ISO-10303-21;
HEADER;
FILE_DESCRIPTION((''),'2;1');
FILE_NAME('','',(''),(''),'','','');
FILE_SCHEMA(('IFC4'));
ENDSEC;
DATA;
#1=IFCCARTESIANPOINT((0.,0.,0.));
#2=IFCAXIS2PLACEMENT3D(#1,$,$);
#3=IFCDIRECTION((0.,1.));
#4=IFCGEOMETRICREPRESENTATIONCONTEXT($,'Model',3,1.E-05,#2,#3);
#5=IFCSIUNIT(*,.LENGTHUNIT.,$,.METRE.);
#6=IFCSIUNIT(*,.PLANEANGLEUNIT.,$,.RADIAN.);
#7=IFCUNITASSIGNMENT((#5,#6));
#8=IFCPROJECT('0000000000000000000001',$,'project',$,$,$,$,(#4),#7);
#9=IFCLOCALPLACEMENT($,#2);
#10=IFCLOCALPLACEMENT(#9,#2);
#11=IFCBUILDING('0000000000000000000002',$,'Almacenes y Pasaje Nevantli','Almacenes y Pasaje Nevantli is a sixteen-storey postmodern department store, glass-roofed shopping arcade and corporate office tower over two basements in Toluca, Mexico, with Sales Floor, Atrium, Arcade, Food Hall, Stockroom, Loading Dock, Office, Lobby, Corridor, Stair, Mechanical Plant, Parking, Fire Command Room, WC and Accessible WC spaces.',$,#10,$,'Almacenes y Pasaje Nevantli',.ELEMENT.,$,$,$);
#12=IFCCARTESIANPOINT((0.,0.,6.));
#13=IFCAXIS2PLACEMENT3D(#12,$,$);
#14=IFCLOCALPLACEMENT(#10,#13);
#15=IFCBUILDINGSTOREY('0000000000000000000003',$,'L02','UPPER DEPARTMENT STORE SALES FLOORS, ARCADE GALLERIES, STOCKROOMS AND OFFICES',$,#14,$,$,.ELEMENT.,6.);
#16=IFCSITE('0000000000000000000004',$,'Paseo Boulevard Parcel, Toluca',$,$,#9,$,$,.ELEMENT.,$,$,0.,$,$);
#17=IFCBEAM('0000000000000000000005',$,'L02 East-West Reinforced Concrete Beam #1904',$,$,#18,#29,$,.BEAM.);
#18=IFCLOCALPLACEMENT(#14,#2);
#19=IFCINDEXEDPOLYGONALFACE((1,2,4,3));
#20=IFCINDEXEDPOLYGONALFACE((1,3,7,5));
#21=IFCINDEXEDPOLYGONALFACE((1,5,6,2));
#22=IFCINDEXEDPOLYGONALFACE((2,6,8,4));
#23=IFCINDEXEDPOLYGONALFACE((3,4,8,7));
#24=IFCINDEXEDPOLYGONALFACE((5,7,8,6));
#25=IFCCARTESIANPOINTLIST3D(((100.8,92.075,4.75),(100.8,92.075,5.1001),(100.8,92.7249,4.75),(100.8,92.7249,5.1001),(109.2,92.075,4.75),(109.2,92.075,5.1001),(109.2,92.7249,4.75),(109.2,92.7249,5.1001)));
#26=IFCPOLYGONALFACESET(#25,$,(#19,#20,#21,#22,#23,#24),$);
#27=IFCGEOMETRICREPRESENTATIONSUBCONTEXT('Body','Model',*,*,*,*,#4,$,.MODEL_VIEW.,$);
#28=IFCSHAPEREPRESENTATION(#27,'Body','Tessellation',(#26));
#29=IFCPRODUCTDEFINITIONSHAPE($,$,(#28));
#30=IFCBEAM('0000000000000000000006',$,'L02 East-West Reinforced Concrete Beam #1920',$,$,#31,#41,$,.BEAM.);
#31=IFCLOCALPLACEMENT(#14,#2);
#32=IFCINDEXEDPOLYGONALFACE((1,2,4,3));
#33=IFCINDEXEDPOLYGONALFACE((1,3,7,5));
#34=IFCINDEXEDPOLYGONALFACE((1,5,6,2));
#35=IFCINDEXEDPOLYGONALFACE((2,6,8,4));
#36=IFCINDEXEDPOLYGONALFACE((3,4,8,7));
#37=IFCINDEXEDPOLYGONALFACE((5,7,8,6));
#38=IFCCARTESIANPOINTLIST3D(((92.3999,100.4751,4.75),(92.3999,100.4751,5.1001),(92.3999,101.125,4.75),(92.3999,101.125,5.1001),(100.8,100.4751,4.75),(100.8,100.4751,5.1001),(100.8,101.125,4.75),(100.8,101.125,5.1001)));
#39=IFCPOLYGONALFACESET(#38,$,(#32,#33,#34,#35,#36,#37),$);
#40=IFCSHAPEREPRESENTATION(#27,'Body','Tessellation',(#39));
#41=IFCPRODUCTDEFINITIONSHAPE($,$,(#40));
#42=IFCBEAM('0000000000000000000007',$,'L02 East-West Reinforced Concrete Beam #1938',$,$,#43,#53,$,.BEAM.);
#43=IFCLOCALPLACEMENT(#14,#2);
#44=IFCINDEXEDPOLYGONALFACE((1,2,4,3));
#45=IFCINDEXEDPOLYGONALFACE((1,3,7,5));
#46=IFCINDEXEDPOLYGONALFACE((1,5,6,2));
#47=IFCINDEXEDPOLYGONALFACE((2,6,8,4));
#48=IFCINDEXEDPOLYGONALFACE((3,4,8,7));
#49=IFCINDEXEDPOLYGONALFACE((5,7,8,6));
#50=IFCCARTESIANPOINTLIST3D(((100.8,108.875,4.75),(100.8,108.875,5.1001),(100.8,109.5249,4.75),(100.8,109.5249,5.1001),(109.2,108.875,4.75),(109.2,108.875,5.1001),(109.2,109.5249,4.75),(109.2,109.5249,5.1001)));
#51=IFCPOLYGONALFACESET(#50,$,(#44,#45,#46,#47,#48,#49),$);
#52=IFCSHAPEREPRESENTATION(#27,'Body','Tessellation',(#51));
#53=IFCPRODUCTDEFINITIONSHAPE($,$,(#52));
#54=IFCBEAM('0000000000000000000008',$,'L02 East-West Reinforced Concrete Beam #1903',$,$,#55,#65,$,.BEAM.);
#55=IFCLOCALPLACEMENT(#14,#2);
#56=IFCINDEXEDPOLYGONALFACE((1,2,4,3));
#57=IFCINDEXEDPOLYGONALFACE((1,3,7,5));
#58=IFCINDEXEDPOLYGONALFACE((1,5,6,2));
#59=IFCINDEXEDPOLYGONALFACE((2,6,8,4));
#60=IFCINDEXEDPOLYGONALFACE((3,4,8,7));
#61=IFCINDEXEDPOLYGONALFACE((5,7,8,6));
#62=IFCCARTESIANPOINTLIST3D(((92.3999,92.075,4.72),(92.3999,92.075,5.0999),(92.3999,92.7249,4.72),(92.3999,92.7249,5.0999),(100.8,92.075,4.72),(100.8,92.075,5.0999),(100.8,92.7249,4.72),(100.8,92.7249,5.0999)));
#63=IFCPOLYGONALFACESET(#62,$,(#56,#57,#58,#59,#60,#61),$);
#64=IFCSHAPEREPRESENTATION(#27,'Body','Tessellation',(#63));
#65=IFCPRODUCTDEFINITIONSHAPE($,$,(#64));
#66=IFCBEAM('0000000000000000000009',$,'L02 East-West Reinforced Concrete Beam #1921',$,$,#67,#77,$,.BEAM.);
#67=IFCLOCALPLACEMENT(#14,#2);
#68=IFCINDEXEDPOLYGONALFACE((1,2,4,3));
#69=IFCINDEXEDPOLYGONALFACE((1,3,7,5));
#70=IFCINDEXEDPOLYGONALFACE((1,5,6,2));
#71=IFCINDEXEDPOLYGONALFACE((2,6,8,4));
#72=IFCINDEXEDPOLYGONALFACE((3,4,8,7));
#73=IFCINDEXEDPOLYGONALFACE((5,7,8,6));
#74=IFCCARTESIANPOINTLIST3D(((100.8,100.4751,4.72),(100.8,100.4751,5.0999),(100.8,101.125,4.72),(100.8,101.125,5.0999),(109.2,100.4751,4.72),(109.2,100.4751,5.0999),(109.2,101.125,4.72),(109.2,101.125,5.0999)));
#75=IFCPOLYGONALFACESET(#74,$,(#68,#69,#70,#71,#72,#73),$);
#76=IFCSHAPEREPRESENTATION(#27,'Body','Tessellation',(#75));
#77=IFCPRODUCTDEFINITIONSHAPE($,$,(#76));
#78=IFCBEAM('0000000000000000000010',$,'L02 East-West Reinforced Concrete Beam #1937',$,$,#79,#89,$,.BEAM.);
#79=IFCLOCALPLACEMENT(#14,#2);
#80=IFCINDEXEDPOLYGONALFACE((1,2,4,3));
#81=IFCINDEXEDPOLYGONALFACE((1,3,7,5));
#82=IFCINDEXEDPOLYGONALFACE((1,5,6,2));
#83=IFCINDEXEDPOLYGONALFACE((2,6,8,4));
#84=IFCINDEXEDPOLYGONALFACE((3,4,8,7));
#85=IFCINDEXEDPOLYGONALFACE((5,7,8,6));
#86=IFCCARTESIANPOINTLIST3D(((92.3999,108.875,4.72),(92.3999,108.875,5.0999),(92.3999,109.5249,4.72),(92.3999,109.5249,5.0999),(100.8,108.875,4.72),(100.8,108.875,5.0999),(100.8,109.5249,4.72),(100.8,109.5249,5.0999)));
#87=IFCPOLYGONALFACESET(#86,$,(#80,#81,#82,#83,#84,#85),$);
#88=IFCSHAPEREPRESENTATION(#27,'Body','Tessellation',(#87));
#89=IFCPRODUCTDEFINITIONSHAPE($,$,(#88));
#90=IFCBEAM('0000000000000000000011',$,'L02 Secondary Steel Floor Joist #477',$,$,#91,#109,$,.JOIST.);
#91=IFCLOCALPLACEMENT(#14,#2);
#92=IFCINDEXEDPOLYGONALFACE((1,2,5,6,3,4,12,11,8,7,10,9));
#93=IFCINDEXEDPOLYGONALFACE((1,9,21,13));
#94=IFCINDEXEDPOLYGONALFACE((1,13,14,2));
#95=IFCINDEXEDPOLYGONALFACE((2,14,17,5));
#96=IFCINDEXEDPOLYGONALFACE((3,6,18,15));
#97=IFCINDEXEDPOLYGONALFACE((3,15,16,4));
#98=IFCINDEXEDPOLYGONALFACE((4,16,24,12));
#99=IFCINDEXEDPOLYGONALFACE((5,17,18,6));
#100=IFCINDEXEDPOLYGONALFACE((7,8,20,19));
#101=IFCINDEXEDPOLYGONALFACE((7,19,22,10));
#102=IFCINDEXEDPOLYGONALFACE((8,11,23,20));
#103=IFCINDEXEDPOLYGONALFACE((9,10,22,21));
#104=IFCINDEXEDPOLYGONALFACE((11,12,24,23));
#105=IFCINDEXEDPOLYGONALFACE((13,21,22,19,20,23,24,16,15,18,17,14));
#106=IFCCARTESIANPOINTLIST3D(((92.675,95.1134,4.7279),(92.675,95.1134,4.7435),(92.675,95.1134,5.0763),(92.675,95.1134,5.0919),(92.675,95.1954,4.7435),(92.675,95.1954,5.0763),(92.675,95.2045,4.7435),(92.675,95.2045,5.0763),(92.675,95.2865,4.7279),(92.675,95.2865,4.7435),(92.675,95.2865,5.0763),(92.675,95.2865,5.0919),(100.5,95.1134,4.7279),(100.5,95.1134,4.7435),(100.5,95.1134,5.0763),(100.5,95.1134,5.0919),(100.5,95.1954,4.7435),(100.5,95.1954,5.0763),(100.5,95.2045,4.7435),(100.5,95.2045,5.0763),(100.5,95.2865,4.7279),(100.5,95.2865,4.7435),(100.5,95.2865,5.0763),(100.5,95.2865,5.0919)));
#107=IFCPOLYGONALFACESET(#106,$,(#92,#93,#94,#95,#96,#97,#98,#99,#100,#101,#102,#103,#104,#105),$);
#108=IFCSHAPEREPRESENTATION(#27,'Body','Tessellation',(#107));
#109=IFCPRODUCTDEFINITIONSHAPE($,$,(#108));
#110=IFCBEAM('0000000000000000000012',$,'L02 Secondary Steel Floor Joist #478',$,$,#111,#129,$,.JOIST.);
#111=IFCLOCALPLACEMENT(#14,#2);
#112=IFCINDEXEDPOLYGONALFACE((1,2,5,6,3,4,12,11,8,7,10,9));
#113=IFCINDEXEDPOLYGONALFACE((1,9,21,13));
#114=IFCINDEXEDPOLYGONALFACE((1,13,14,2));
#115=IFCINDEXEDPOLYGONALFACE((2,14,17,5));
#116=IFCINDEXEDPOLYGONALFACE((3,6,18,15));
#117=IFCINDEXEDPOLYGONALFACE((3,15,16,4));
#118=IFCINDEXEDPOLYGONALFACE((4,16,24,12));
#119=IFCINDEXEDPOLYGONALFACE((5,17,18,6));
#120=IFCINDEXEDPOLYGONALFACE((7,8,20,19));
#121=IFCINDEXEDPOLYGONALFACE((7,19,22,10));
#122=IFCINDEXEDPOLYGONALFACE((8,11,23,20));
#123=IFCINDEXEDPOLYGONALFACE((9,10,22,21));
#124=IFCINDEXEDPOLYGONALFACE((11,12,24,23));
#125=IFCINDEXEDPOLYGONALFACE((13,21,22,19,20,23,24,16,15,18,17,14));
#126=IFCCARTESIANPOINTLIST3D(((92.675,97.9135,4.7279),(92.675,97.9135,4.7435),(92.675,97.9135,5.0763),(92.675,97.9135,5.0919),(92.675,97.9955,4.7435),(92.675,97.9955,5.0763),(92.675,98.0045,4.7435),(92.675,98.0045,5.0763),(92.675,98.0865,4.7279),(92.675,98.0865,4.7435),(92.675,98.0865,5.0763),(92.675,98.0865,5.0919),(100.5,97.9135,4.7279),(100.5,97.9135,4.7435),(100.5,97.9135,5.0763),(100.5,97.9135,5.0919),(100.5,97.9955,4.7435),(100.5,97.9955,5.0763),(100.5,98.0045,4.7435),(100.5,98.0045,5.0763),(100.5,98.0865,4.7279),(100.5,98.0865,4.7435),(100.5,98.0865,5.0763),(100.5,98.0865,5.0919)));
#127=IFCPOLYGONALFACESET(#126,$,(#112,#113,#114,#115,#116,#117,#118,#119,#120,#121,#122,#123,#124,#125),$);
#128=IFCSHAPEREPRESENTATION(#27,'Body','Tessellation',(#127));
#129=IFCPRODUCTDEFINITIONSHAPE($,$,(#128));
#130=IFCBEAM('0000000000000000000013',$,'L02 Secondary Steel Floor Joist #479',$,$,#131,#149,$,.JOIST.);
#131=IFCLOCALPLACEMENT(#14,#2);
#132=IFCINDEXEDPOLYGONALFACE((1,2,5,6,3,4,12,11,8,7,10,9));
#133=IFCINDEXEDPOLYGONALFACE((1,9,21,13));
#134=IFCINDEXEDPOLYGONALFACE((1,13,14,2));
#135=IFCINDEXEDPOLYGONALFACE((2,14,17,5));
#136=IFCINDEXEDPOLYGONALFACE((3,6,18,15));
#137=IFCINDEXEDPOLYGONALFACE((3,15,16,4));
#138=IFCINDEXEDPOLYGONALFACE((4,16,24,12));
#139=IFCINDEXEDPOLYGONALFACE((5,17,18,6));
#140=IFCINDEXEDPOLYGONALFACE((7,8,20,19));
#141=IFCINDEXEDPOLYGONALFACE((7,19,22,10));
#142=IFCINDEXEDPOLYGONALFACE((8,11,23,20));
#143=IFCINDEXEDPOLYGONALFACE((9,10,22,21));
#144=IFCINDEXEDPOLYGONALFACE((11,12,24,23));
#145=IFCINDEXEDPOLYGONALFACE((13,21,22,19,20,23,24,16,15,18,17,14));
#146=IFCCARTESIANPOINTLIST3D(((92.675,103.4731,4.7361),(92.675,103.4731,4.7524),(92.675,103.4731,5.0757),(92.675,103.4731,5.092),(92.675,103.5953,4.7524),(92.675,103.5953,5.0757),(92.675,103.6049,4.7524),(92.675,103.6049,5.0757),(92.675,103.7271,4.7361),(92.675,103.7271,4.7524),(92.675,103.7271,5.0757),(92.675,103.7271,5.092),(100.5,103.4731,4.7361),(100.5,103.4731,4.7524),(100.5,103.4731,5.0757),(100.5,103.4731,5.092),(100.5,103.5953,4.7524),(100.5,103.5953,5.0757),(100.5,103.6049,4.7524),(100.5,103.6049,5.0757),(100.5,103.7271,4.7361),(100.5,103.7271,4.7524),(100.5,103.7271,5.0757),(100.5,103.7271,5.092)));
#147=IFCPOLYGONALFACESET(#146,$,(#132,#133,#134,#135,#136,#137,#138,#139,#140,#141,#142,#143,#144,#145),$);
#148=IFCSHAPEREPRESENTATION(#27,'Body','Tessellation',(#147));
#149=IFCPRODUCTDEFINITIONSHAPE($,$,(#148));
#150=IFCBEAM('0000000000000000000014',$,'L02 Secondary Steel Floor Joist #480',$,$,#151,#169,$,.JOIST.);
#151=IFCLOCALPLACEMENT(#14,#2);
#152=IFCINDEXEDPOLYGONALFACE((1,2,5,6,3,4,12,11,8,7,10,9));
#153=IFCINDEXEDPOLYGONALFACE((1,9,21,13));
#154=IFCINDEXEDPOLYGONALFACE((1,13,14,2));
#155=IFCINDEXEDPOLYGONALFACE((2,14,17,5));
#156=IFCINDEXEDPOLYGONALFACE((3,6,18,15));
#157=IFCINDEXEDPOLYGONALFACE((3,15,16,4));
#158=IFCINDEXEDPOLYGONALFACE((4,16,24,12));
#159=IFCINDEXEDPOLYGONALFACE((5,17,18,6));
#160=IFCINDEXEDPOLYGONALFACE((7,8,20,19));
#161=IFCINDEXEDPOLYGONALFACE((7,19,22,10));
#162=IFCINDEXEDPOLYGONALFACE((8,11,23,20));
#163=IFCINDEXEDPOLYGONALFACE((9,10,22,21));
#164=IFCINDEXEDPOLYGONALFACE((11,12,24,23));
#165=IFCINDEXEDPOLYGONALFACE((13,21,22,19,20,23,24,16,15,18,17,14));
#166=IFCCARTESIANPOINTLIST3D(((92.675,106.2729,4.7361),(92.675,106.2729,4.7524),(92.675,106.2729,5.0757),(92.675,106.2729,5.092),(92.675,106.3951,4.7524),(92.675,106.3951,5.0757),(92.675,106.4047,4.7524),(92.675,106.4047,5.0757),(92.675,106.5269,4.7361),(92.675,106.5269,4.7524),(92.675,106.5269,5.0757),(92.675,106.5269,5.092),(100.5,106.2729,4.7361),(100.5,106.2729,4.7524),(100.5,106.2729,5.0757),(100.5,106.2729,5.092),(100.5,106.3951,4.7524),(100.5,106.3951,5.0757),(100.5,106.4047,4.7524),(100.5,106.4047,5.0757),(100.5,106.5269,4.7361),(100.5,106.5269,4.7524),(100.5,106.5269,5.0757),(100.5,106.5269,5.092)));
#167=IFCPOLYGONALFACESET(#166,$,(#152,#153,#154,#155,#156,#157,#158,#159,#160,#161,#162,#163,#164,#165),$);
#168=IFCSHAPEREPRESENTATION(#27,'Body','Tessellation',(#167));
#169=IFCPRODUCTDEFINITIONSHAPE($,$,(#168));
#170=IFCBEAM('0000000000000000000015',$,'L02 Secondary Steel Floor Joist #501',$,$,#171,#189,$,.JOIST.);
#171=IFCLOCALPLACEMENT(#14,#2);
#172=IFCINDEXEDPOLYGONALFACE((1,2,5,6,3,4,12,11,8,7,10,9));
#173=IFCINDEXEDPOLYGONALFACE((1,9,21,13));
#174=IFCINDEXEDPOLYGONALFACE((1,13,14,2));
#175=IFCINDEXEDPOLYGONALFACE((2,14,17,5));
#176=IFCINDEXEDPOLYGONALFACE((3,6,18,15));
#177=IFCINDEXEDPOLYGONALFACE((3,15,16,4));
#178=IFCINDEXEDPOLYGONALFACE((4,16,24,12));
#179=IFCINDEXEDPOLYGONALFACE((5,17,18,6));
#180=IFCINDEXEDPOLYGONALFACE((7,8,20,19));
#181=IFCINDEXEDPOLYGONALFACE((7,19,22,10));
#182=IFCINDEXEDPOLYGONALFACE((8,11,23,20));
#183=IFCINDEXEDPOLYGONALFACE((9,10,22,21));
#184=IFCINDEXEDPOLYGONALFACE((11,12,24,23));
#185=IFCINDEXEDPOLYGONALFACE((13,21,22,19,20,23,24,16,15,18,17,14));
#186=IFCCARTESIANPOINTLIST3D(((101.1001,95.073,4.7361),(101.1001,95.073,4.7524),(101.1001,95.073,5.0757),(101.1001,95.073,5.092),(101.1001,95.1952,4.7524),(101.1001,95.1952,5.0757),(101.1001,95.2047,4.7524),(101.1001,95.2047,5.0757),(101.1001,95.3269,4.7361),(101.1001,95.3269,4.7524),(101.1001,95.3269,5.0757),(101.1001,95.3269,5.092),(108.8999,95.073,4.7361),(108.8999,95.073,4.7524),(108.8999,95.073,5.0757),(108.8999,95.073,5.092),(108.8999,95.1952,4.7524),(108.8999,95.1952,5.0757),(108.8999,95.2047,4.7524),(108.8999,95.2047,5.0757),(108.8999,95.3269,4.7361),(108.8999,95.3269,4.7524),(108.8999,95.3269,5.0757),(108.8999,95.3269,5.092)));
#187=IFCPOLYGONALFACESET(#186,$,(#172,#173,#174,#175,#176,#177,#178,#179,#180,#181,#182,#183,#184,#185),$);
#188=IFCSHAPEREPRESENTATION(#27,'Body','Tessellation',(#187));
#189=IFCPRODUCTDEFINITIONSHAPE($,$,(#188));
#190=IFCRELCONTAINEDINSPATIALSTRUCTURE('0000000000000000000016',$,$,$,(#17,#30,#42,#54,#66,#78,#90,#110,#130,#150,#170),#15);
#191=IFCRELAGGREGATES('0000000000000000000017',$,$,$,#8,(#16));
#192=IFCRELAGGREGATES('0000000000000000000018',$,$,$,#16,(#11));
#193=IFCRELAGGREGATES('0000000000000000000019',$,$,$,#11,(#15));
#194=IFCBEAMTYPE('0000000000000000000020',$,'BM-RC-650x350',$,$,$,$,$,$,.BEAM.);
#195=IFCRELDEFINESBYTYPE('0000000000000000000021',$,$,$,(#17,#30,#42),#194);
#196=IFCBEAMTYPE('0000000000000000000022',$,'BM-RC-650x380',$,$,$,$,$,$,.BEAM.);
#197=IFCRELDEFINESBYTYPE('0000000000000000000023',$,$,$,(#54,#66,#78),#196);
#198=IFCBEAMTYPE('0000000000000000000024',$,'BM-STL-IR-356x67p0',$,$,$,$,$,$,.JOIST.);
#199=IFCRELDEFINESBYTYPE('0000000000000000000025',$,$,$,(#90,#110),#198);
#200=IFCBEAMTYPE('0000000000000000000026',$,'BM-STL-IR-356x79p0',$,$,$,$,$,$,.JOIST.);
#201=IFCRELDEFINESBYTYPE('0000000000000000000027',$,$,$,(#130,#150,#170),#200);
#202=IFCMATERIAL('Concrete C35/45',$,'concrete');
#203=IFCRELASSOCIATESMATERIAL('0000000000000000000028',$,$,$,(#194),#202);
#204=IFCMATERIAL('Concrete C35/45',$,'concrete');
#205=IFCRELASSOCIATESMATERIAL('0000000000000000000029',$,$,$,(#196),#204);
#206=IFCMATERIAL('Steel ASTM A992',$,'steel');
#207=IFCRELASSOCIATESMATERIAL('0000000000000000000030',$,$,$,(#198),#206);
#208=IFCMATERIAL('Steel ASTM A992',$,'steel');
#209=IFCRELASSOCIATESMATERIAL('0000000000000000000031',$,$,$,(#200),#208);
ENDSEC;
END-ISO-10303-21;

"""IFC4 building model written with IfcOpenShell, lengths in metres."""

from ifc_helpers import new_model, si_unit, direction, frame, origin, origin_2d, place, context, subcontext, project, spatial, rectangle, i_section, extrude, material, material_profile, profile_set, type_object, element, save


model = new_model("IFC4")

# Units and contexts
model_context = context("Model", 3, precision=1e-05, world=origin(), true_north=direction((0.0, 1.0)))
body_context = subcontext(model_context, "Body", "Model", "MODEL_VIEW")
ifc_project = project(units=[si_unit("LENGTHUNIT", "METRE"), si_unit("PLANEANGLEUNIT", "RADIAN")], contexts=[model_context])

# Site, building, storey
site_placement = place(None, origin())
site = spatial("IfcSite", under=ifc_project, at=site_placement, Name="Paseo Boulevard Parcel, Toluca", CompositionType="ELEMENT", RefElevation=0.0)
building_placement = place(site_placement, origin())
building = spatial("IfcBuilding", under=site, at=building_placement, Name="Almacenes y Pasaje Nevantli", Description="Almacenes y Pasaje Nevantli is a sixteen-storey postmodern department store, glass-roofed shopping arcade and corporate office tower over two basements in Toluca, Mexico, with Sales Floor, Atrium, Arcade, Food Hall, Stockroom, Loading Dock, Office, Lobby, Corridor, Stair, Mechanical Plant, Parking, Fire Command Room, WC and Accessible WC spaces.", LongName="Almacenes y Pasaje Nevantli", CompositionType="ELEMENT")
storey_placement = place(building_placement, frame((0.0, 0.0, 6.0)))
storey = spatial("IfcBuildingStorey", under=building, at=storey_placement, Name="L02", Description="UPPER DEPARTMENT STORE SALES FLOORS, ARCADE GALLERIES, STOCKROOMS AND OFFICES", CompositionType="ELEMENT", Elevation=6.0)

# Beams
ifc_material_1 = material(Name="Concrete C35/45", Category="concrete")
ifc_material_profile_1 = material_profile(ifc_material_1, rectangle(XDim=0.6499, YDim=0.3501, at=origin_2d()), Name="RC-BM-650x350")
ifc_profile_set_1 = profile_set([ifc_material_profile_1], Name="Concrete C35/45")
beam_type_1 = type_object("IfcBeamType", Name="BM-RC-650x350", PredefinedType="BEAM", material=ifc_profile_set_1)
beam_1_placement = place(storey_placement, frame((100.8, 92.3999, 4.925), z_axis=(1.0, 0.0, 0.0), x_axis=(0.0, 1.0, 0.0)))
element("IfcBeam", 1, at=beam_1_placement, inside=storey, type_object=beam_type_1, Name="L02 East-West Reinforced Concrete Beam #1904", PredefinedType="BEAM", context=body_context, shape_type="SweptSolid", body=[
    extrude(rectangle(XDim=0.6499, YDim=0.3501, at=origin_2d()), origin(), (0.0, 0.0, 1.0), 8.3999),
])
beam_2_placement = place(storey_placement, frame((92.3999, 100.8, 4.925), z_axis=(1.0, 0.0, 0.0), x_axis=(0.0, 1.0, 0.0)))
element("IfcBeam", 2, at=beam_2_placement, inside=storey, type_object=beam_type_1, Name="L02 East-West Reinforced Concrete Beam #1920", PredefinedType="BEAM", context=body_context, shape_type="SweptSolid", body=[
    extrude(rectangle(XDim=0.6499, YDim=0.3501, at=origin_2d()), origin(), (0.0, 0.0, 1.0), 8.4001),
])
beam_3_placement = place(storey_placement, frame((100.8, 109.2, 4.925), z_axis=(1.0, 0.0, 0.0), x_axis=(0.0, 1.0, 0.0)))
element("IfcBeam", 3, at=beam_3_placement, inside=storey, type_object=beam_type_1, Name="L02 East-West Reinforced Concrete Beam #1938", PredefinedType="BEAM", context=body_context, shape_type="SweptSolid", body=[
    extrude(rectangle(XDim=0.6499, YDim=0.3501, at=origin_2d()), origin(), (0.0, 0.0, 1.0), 8.3999),
])
ifc_material_2 = material(Name="Concrete C35/45", Category="concrete")
ifc_material_profile_2 = material_profile(ifc_material_2, rectangle(XDim=0.6499, YDim=0.3799, at=origin_2d()), Name="RC-BM-650x380")
ifc_profile_set_2 = profile_set([ifc_material_profile_2], Name="Concrete C35/45")
beam_type_2 = type_object("IfcBeamType", Name="BM-RC-650x380", PredefinedType="BEAM", material=ifc_profile_set_2)
beam_4_placement = place(storey_placement, frame((92.3999, 92.3999, 4.9099), z_axis=(1.0, 0.0, 0.0), x_axis=(0.0, 1.0, 0.0)))
element("IfcBeam", 4, at=beam_4_placement, inside=storey, type_object=beam_type_2, Name="L02 East-West Reinforced Concrete Beam #1903", PredefinedType="BEAM", context=body_context, shape_type="SweptSolid", body=[
    extrude(rectangle(XDim=0.6499, YDim=0.3799, at=origin_2d()), origin(), (0.0, 0.0, 1.0), 8.4001),
])
beam_5_placement = place(storey_placement, frame((100.8, 100.8, 4.9099), z_axis=(1.0, 0.0, 0.0), x_axis=(0.0, 1.0, 0.0)))
element("IfcBeam", 5, at=beam_5_placement, inside=storey, type_object=beam_type_2, Name="L02 East-West Reinforced Concrete Beam #1921", PredefinedType="BEAM", context=body_context, shape_type="SweptSolid", body=[
    extrude(rectangle(XDim=0.6499, YDim=0.3799, at=origin_2d()), origin(), (0.0, 0.0, 1.0), 8.3999),
])
beam_6_placement = place(storey_placement, frame((92.3999, 109.2, 4.9099), z_axis=(1.0, 0.0, 0.0), x_axis=(0.0, 1.0, 0.0)))
element("IfcBeam", 6, at=beam_6_placement, inside=storey, type_object=beam_type_2, Name="L02 East-West Reinforced Concrete Beam #1937", PredefinedType="BEAM", context=body_context, shape_type="SweptSolid", body=[
    extrude(rectangle(XDim=0.6499, YDim=0.3799, at=origin_2d()), origin(), (0.0, 0.0, 1.0), 8.4001),
])
ifc_material_3 = material(Name="Steel ASTM A992", Category="steel")
ifc_material_profile_3 = material_profile(ifc_material_3, i_section(OverallWidth=0.1731, OverallDepth=0.364, WebThickness=0.009, FlangeThickness=0.0156, at=origin_2d()), Name="IR 356x67.0")
ifc_profile_set_3 = profile_set([ifc_material_profile_3], Name="Steel ASTM A992")
beam_type_3 = type_object("IfcBeamType", Name="BM-STL-IR-356x67p0", PredefinedType="JOIST", material=ifc_profile_set_3)
for number, where, z_axis, x_axis, name in (
    (7, (92.675, 95.2, 4.9099), (1.0, 0.0, 0.0), (0.0, 1.0, 0.0), "L02 Secondary Steel Floor Joist #477"),
    (8, (92.675, 98.0, 4.9099), (1.0, 0.0, 0.0), (0.0, 1.0, 0.0), "L02 Secondary Steel Floor Joist #478"),
):
    element("IfcBeam", number, at=place(storey_placement, frame(where, z_axis=z_axis, x_axis=x_axis)), inside=storey, type_object=beam_type_3, Name=name, PredefinedType="JOIST", context=body_context, shape_type="SweptSolid", body=[
        extrude(i_section(OverallWidth=0.1731, OverallDepth=0.364, WebThickness=0.009, FlangeThickness=0.0156, at=origin_2d()), origin(), (0.0, 0.0, 1.0), 7.825),
    ])
ifc_material_4 = material(Name="Steel ASTM A992", Category="steel")
ifc_material_profile_4 = material_profile(ifc_material_4, i_section(OverallWidth=0.2539, OverallDepth=0.356, WebThickness=0.0095, FlangeThickness=0.0164, at=origin_2d()), Name="IR 356x79.0")
ifc_profile_set_4 = profile_set([ifc_material_profile_4], Name="Steel ASTM A992")
beam_type_4 = type_object("IfcBeamType", Name="BM-STL-IR-356x79p0", PredefinedType="JOIST", material=ifc_profile_set_4)
for number, where, z_axis, x_axis, name in (
    (9, (92.675, 103.6001, 4.9141), (1.0, 0.0, 0.0), (0.0, 1.0, 0.0), "L02 Secondary Steel Floor Joist #479"),
    (10, (92.675, 106.3999, 4.9141), (1.0, 0.0, 0.0), (0.0, 1.0, 0.0), "L02 Secondary Steel Floor Joist #480"),
):
    element("IfcBeam", number, at=place(storey_placement, frame(where, z_axis=z_axis, x_axis=x_axis)), inside=storey, type_object=beam_type_4, Name=name, PredefinedType="JOIST", context=body_context, shape_type="SweptSolid", body=[
        extrude(i_section(OverallWidth=0.2539, OverallDepth=0.356, WebThickness=0.0095, FlangeThickness=0.0164, at=origin_2d()), origin(), (0.0, 0.0, 1.0), 7.825),
    ])
for number, where, z_axis, x_axis, name in (
    (11, (101.1001, 95.2, 4.9141), (1.0, 0.0, 0.0), (0.0, 1.0, 0.0), "L02 Secondary Steel Floor Joist #501"),
):
    element("IfcBeam", number, at=place(storey_placement, frame(where, z_axis=z_axis, x_axis=x_axis)), inside=storey, type_object=beam_type_4, Name=name, PredefinedType="JOIST", context=body_context, shape_type="SweptSolid", body=[
        extrude(i_section(OverallWidth=0.2539, OverallDepth=0.356, WebThickness=0.0095, FlangeThickness=0.0164, at=origin_2d()), origin(), (0.0, 0.0, 1.0), 7.7998),
    ])

save(model, "model.ifc")
